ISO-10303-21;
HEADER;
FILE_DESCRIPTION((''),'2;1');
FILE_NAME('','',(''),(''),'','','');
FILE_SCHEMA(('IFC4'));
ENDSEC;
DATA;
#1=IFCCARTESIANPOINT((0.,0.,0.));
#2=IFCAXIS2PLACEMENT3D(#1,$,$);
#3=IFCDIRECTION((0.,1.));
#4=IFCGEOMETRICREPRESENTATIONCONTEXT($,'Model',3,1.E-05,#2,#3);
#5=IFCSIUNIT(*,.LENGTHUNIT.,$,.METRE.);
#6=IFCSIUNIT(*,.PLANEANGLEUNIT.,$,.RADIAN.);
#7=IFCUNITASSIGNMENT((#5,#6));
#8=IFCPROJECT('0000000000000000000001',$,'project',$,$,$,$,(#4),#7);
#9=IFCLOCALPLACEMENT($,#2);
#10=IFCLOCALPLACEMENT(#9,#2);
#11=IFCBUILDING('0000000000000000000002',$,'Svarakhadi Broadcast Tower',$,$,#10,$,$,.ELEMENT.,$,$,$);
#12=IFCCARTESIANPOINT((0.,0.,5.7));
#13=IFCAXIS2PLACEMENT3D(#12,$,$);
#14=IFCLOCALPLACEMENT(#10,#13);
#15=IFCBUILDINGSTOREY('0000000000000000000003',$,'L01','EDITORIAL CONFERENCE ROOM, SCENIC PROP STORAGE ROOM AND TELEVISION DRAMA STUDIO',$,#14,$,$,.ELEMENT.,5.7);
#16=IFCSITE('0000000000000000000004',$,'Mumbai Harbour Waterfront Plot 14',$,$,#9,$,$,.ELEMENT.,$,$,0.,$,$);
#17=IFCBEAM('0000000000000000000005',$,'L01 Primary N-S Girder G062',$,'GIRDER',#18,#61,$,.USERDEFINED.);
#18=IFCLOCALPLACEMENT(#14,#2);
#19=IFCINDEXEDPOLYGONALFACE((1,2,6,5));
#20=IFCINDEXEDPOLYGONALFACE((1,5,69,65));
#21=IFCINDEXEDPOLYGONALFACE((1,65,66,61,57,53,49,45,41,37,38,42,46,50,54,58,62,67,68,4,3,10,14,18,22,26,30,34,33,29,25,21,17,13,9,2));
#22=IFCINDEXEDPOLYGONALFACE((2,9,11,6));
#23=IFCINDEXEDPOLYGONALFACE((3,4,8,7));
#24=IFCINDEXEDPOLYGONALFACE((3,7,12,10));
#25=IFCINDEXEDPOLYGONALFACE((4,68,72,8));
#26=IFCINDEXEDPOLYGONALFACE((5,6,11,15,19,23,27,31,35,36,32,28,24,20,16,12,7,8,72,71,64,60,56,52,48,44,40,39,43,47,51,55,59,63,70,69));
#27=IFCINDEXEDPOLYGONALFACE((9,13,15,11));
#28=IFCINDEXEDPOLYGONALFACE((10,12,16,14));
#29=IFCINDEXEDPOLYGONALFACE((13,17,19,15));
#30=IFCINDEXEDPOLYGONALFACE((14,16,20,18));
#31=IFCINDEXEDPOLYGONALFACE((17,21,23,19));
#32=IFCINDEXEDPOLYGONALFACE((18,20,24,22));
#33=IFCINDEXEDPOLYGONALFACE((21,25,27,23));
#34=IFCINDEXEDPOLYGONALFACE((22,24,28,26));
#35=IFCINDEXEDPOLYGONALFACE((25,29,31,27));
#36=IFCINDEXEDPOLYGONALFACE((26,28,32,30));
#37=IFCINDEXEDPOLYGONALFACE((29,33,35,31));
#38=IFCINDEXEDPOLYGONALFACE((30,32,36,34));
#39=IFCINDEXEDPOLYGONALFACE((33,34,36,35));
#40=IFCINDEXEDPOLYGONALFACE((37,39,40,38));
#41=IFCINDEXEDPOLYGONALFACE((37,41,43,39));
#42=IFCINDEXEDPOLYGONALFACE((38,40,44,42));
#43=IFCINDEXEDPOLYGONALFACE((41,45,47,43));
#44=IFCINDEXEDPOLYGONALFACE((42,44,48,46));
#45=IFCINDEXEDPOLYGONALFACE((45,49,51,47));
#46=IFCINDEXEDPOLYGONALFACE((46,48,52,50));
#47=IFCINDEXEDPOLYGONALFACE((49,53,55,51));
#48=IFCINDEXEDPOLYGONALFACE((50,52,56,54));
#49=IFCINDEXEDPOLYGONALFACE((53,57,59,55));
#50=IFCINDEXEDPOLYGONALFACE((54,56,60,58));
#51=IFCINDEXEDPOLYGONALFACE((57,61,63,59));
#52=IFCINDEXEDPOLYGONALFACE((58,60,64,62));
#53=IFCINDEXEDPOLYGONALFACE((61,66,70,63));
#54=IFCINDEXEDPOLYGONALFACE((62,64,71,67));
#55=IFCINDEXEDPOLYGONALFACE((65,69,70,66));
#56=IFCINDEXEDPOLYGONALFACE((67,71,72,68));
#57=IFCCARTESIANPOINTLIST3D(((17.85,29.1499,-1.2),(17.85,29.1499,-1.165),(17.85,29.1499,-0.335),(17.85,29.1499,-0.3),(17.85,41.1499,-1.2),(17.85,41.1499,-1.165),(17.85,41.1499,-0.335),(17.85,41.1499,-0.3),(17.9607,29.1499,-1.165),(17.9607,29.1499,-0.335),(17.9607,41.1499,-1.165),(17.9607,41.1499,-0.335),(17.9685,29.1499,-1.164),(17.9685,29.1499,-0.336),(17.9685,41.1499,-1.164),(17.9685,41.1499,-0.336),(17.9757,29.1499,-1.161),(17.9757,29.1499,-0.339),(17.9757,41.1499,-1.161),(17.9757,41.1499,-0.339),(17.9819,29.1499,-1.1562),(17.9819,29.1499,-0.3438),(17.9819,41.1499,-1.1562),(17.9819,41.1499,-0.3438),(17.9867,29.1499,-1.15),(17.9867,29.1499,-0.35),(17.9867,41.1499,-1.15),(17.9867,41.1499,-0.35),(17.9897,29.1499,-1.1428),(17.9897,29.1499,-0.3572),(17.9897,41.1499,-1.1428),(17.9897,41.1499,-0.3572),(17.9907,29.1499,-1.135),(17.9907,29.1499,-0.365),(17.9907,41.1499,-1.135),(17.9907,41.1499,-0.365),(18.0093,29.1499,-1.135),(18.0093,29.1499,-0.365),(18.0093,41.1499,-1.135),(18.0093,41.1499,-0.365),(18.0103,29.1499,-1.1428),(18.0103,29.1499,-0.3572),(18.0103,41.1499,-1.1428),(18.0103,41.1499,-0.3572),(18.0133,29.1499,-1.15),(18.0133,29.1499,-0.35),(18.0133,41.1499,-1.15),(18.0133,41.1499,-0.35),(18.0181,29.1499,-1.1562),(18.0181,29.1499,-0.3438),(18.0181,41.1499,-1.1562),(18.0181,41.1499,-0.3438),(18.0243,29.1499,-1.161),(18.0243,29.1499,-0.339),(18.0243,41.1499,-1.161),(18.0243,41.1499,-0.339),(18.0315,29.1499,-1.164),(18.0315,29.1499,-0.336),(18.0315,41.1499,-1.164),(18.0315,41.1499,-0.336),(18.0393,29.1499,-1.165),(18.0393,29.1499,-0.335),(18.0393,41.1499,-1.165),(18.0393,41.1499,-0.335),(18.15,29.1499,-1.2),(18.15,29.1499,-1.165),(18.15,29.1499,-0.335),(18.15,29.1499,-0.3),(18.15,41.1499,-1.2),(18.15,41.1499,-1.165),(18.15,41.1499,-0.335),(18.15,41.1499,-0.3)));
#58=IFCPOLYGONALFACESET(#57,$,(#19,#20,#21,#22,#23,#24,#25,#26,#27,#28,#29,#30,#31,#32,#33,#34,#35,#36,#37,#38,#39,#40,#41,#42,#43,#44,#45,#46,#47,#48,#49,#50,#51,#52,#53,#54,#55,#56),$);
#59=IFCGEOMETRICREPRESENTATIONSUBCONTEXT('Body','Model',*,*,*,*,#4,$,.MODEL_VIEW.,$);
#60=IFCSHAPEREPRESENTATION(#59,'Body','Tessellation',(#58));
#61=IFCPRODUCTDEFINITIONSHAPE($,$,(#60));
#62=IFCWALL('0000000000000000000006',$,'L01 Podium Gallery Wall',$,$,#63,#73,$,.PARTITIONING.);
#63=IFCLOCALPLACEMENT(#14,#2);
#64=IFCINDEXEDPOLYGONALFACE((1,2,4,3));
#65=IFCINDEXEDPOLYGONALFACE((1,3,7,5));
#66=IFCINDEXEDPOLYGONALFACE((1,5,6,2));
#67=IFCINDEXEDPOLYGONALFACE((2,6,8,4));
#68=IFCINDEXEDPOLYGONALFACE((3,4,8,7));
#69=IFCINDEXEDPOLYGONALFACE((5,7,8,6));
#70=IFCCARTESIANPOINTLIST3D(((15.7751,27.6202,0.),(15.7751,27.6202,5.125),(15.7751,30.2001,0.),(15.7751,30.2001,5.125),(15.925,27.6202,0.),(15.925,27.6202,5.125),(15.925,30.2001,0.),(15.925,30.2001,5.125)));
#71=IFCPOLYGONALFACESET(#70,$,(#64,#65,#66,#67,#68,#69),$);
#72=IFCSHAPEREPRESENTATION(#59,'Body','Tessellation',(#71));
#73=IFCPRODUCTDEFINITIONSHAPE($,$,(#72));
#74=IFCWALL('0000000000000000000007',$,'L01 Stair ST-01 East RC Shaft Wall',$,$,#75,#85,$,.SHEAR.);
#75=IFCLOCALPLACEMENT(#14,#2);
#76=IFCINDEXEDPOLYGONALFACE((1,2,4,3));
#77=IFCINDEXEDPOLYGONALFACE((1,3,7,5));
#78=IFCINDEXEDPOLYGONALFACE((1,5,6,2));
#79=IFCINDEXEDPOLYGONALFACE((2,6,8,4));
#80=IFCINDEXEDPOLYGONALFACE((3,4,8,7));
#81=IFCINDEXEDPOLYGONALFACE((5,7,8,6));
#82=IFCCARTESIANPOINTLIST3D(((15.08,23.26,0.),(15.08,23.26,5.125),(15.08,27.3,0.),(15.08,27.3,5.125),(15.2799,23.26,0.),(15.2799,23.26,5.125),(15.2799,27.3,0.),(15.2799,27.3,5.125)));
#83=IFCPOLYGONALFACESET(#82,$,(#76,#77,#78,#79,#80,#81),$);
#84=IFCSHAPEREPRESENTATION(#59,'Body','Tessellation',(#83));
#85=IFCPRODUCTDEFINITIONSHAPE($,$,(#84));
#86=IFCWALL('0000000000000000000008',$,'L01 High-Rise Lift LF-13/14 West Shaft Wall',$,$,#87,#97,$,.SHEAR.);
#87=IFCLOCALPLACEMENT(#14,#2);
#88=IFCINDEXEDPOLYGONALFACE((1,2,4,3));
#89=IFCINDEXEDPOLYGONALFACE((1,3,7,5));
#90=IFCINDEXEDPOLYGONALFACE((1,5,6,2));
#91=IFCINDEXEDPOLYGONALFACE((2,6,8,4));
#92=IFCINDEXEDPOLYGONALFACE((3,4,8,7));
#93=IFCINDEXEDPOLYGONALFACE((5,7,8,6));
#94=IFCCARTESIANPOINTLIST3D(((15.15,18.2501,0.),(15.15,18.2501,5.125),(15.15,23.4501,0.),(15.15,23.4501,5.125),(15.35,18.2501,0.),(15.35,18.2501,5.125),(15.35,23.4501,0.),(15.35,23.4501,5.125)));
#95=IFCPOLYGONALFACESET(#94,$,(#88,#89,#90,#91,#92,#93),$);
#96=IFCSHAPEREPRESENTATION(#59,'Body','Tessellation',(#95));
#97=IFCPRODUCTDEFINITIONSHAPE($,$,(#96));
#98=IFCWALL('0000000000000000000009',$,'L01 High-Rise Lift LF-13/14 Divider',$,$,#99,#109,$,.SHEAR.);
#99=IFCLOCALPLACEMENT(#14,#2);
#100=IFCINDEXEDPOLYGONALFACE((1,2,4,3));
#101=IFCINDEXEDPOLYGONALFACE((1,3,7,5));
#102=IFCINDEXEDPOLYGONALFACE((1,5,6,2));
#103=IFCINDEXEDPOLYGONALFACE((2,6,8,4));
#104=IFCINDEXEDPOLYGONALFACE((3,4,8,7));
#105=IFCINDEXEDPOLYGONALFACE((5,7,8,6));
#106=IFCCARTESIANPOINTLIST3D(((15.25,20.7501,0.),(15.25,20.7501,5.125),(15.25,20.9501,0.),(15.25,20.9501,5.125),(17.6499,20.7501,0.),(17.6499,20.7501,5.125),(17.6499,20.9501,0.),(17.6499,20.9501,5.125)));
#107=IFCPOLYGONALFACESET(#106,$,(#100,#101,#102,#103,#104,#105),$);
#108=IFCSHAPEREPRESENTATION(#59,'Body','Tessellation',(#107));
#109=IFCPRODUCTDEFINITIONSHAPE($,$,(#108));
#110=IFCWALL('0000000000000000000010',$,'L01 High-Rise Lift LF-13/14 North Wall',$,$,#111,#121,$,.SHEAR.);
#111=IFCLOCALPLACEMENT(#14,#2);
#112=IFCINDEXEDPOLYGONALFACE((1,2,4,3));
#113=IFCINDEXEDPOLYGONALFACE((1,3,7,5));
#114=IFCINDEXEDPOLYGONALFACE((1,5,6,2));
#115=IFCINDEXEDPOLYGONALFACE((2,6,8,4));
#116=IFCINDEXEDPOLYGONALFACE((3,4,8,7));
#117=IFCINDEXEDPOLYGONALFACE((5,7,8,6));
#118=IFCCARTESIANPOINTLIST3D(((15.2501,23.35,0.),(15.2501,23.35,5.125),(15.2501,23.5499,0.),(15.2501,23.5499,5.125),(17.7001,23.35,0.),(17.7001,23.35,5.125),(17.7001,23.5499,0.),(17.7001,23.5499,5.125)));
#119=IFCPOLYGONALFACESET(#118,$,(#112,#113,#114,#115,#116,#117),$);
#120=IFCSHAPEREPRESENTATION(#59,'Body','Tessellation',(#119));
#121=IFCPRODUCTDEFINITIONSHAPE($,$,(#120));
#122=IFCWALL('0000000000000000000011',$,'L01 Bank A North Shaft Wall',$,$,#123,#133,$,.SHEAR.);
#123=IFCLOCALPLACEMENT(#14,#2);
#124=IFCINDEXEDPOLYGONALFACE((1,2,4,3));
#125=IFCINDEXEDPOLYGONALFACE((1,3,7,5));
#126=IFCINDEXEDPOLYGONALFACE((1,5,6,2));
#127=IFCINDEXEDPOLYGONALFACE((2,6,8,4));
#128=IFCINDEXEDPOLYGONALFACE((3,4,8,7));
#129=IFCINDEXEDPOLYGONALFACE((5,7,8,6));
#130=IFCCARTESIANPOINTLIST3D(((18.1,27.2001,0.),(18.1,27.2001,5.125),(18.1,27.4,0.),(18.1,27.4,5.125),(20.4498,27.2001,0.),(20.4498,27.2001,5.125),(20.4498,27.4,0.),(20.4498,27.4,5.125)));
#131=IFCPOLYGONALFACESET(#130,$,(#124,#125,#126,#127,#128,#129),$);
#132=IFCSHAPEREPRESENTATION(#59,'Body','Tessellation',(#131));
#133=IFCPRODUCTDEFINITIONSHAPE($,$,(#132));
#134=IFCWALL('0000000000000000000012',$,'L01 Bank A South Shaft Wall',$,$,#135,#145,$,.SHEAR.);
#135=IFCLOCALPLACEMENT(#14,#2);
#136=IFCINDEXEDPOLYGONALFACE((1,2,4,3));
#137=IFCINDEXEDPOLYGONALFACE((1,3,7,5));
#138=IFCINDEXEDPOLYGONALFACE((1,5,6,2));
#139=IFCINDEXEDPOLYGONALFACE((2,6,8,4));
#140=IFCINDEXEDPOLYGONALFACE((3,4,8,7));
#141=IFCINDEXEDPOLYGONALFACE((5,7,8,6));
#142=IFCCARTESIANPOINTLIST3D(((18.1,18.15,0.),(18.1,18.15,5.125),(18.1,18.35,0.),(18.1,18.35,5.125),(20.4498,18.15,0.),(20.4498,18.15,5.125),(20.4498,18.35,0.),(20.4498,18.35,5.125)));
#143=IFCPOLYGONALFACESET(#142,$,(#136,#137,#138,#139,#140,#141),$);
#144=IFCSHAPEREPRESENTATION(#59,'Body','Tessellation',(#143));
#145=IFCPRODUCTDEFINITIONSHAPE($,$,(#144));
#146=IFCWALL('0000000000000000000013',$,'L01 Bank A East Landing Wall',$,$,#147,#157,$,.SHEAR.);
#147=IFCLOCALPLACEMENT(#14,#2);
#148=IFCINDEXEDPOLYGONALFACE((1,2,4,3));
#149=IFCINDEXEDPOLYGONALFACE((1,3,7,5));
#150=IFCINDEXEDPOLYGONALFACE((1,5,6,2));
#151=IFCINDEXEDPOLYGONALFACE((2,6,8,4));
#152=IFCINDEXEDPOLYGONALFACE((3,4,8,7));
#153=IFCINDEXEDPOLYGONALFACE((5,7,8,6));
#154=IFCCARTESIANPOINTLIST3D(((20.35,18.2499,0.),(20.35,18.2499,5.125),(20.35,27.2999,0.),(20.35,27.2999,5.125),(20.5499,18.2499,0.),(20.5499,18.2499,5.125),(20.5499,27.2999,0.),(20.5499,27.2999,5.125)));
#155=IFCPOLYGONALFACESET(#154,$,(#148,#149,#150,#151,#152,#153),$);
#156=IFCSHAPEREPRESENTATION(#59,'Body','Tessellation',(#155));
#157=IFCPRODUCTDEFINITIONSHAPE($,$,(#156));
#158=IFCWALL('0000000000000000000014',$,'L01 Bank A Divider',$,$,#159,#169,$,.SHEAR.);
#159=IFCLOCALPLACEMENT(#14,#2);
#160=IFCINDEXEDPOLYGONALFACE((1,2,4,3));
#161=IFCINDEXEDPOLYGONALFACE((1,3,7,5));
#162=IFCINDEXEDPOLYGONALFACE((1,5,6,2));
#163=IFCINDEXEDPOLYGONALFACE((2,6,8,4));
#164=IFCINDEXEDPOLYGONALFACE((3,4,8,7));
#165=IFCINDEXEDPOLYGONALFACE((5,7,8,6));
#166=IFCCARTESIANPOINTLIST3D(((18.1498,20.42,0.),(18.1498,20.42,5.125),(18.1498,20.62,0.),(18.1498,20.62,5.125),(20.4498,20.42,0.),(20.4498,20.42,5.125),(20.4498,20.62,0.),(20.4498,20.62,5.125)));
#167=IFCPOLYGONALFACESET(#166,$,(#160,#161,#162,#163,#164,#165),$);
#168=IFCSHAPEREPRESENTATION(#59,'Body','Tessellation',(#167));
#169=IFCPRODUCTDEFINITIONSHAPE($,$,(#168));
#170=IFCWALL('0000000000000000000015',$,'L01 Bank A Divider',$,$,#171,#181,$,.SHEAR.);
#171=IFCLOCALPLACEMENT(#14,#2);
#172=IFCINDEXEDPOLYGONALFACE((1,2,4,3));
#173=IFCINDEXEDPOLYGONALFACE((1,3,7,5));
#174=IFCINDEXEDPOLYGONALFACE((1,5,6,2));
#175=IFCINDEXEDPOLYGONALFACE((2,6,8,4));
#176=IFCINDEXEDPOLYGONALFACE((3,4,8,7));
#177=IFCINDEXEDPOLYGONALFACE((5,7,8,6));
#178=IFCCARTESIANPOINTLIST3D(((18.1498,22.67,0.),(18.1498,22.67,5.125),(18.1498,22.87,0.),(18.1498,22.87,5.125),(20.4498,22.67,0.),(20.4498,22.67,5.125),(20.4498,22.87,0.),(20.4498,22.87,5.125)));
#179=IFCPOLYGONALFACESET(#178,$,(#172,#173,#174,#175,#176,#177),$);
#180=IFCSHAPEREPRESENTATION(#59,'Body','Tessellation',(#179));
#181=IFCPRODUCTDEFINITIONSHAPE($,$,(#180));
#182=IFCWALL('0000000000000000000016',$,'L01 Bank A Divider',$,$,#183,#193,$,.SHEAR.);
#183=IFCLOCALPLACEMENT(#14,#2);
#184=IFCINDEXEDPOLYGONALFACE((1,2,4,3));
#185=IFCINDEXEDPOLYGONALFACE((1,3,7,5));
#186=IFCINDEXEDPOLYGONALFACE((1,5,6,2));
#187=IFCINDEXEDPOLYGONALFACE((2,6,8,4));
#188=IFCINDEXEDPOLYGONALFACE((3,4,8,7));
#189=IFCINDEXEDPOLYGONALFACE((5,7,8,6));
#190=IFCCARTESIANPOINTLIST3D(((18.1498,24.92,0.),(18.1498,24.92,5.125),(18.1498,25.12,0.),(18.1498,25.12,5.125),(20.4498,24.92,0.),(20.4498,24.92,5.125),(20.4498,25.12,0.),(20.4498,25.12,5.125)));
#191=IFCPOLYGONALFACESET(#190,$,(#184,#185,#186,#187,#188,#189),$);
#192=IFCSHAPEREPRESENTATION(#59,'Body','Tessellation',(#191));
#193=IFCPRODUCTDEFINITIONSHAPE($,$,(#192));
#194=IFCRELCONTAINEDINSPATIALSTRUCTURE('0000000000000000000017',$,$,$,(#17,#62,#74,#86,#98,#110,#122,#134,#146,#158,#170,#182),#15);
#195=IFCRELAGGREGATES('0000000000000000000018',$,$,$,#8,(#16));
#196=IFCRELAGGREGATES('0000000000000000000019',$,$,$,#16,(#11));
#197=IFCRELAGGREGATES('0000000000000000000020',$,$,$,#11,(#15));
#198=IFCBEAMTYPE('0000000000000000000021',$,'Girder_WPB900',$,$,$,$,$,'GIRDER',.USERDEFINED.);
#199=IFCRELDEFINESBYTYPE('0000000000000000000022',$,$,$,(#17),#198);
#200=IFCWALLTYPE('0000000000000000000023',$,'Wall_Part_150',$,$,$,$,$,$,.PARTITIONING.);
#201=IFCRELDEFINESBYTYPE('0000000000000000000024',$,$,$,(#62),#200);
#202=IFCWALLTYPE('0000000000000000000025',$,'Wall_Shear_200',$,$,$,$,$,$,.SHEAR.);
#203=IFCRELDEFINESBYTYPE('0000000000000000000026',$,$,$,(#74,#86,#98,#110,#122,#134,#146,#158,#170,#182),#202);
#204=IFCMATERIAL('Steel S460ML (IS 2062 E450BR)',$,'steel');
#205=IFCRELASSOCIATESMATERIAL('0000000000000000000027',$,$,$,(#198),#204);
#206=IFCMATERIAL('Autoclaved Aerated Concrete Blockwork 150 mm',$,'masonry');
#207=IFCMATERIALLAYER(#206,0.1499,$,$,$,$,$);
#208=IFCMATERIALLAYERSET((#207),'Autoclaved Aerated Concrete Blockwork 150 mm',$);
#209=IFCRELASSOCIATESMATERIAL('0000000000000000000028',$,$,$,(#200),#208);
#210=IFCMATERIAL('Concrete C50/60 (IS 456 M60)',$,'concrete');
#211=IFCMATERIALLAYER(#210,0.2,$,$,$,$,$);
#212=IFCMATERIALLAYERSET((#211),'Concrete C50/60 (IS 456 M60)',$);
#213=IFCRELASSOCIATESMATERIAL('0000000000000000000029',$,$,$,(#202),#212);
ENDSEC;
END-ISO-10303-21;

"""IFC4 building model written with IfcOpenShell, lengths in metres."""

from ifc_helpers import new_model, si_unit, direction, frame, frame_2d, origin, origin_2d, place, context, subcontext, project, spatial, rectangle, i_section, extrude, material, layer, layer_set, material_profile, profile_set, type_object, element, save


model = new_model("IFC4")

# Units and contexts
model_context = context("Model", 3, precision=1e-05, world=origin(), true_north=direction((0.0, 1.0)))
body_context = subcontext(model_context, "Body", "Model", "MODEL_VIEW")
ifc_project = project(units=[si_unit("LENGTHUNIT", "METRE"), si_unit("PLANEANGLEUNIT", "RADIAN")], contexts=[model_context])

# Site, building, storey
site_placement = place(None, origin())
site = spatial("IfcSite", under=ifc_project, at=site_placement, Name="Mumbai Harbour Waterfront Plot 14", CompositionType="ELEMENT", RefElevation=0.0)
building_placement = place(site_placement, origin())
building = spatial("IfcBuilding", under=site, at=building_placement, Name="Svarakhadi Broadcast Tower", CompositionType="ELEMENT")
storey_placement = place(building_placement, frame((0.0, 0.0, 5.7)))
storey = spatial("IfcBuildingStorey", under=building, at=storey_placement, Name="L01", Description="EDITORIAL CONFERENCE ROOM, SCENIC PROP STORAGE ROOM AND TELEVISION DRAMA STUDIO", CompositionType="ELEMENT", Elevation=5.7)

# Shared definitions
ifc_material_1 = material(Name="Steel S460ML (IS 2062 E450BR)", Category="steel")

# Beam
ifc_material_profile_1 = material_profile(ifc_material_1, i_section(OverallWidth=0.3, OverallDepth=0.8999, WebThickness=0.0186, FlangeThickness=0.0349, FilletRadius=0.03, at=origin_2d()), Name="WPB 900x300x291")
ifc_profile_set_1 = profile_set([ifc_material_profile_1], Name="Steel S460ML (IS 2062 E450BR)")
beam_type_1 = type_object("IfcBeamType", Name="Girder_WPB900", ElementType="GIRDER", PredefinedType="USERDEFINED", material=ifc_profile_set_1)
beam_1_placement = place(storey_placement, frame((18.0, 29.1499, -0.75), z_axis=(0.0, 1.0, 0.0), x_axis=(-1.0, 0.0, 0.0)))
element("IfcBeam", 1, at=beam_1_placement, inside=storey, type_object=beam_type_1, Name="L01 Primary N-S Girder G062", ObjectType="GIRDER", PredefinedType="USERDEFINED", context=body_context, shape_type="SweptSolid", body=[
    extrude(i_section(OverallWidth=0.3, OverallDepth=0.8999, WebThickness=0.0186, FlangeThickness=0.0349, FilletRadius=0.03, at=origin_2d()), origin(), (0.0, 0.0, 1.0), 12.0),
])

# Walls
ifc_material_2 = material(Name="Autoclaved Aerated Concrete Blockwork 150 mm", Category="masonry")
ifc_layer_1 = layer(ifc_material_2, 0.1499)
ifc_layer_set_1 = layer_set([ifc_layer_1], Name="Autoclaved Aerated Concrete Blockwork 150 mm")
wall_type_1 = type_object("IfcWallType", Name="Wall_Part_150", PredefinedType="PARTITIONING", material=ifc_layer_set_1)
wall_1_placement = place(storey_placement, frame((15.8501, 27.6201, 0.0), z_axis=(0.0, 0.0, 1.0), x_axis=(0.0, 1.0, 0.0)))
element("IfcWall", 2, at=wall_1_placement, inside=storey, type_object=wall_type_1, Name="L01 Podium Gallery Wall", PredefinedType="PARTITIONING", context=body_context, shape_type="SweptSolid", body=[
    extrude(rectangle(XDim=2.5798, YDim=0.1499, at=frame_2d((1.29, 0.0))), origin(), (0.0, 0.0, 1.0), 5.125),
])
ifc_material_3 = material(Name="Concrete C50/60 (IS 456 M60)", Category="concrete")
ifc_layer_2 = layer(ifc_material_3, 0.2)
ifc_layer_set_2 = layer_set([ifc_layer_2], Name="Concrete C50/60 (IS 456 M60)")
wall_type_2 = type_object("IfcWallType", Name="Wall_Shear_200", PredefinedType="SHEAR", material=ifc_layer_set_2)
wall_2_placement = place(storey_placement, frame((15.1799, 23.26, 0.0), z_axis=(0.0, 0.0, 1.0), x_axis=(0.0, 1.0, 0.0)))
element("IfcWall", 3, at=wall_2_placement, inside=storey, type_object=wall_type_2, Name="L01 Stair ST-01 East RC Shaft Wall", PredefinedType="SHEAR", context=body_context, shape_type="SweptSolid", body=[
    extrude(rectangle(XDim=4.04, YDim=0.2, at=frame_2d((2.02, 0.0))), origin(), (0.0, 0.0, 1.0), 5.125),
])
wall_3_placement = place(storey_placement, frame((15.25, 18.25, 0.0), z_axis=(0.0, 0.0, 1.0), x_axis=(0.0, 1.0, 0.0)))
element("IfcWall", 4, at=wall_3_placement, inside=storey, type_object=wall_type_2, Name="L01 High-Rise Lift LF-13/14 West Shaft Wall", PredefinedType="SHEAR", context=body_context, shape_type="SweptSolid", body=[
    extrude(rectangle(XDim=5.2, YDim=0.2, at=frame_2d((2.6001, 0.0))), origin(), (0.0, 0.0, 1.0), 5.125),
])
wall_4_placement = place(storey_placement, frame((15.25, 20.8501, 0.0), z_axis=(0.0, 0.0, 1.0), x_axis=(1.0, 0.0, 0.0)))
element("IfcWall", 5, at=wall_4_placement, inside=storey, type_object=wall_type_2, Name="L01 High-Rise Lift LF-13/14 Divider", PredefinedType="SHEAR", context=body_context, shape_type="SweptSolid", body=[
    extrude(rectangle(XDim=2.3999, YDim=0.2, at=frame_2d((1.2, 0.0))), origin(), (0.0, 0.0, 1.0), 5.125),
])
wall_5_placement = place(storey_placement, frame((15.25, 23.45, 0.0), z_axis=(0.0, 0.0, 1.0), x_axis=(1.0, 0.0, 0.0)))
element("IfcWall", 6, at=wall_5_placement, inside=storey, type_object=wall_type_2, Name="L01 High-Rise Lift LF-13/14 North Wall", PredefinedType="SHEAR", context=body_context, shape_type="SweptSolid", body=[
    extrude(rectangle(XDim=2.45, YDim=0.2, at=frame_2d((1.2251, 0.0))), origin(), (0.0, 0.0, 1.0), 5.125),
])
for number, where, z_axis, x_axis, name in (
    (7, (18.1001, 27.3, 0.0), (0.0, 0.0, 1.0), (1.0, 0.0, 0.0), "L01 Bank A North Shaft Wall"),
    (8, (18.1001, 18.25, 0.0), (0.0, 0.0, 1.0), (1.0, 0.0, 0.0), "L01 Bank A South Shaft Wall"),
):
    element("IfcWall", number, at=place(storey_placement, frame(where, z_axis=z_axis, x_axis=x_axis)), inside=storey, type_object=wall_type_2, Name=name, PredefinedType="SHEAR", context=body_context, shape_type="SweptSolid", body=[
        extrude(rectangle(XDim=2.3499, YDim=0.2, at=frame_2d((1.1748, 0.0))), origin(), (0.0, 0.0, 1.0), 5.125),
    ])
wall_6_placement = place(storey_placement, frame((20.45, 18.25, 0.0), z_axis=(0.0, 0.0, 1.0), x_axis=(0.0, 1.0, 0.0)))
element("IfcWall", 9, at=wall_6_placement, inside=storey, type_object=wall_type_2, Name="L01 Bank A East Landing Wall", PredefinedType="SHEAR", context=body_context, shape_type="SweptSolid", body=[
    extrude(rectangle(XDim=9.05, YDim=0.2, at=frame_2d((4.5249, 0.0))), origin(), (0.0, 0.0, 1.0), 5.125),
])
for number, where, z_axis, x_axis, name in (
    (10, (18.1499, 20.52, 0.0), (0.0, 0.0, 1.0), (1.0, 0.0, 0.0), "L01 Bank A Divider"),
    (11, (18.1499, 22.77, 0.0), (0.0, 0.0, 1.0), (1.0, 0.0, 0.0), "L01 Bank A Divider"),
    (12, (18.1499, 25.02, 0.0), (0.0, 0.0, 1.0), (1.0, 0.0, 0.0), "L01 Bank A Divider"),
):
    element("IfcWall", number, at=place(storey_placement, frame(where, z_axis=z_axis, x_axis=x_axis)), inside=storey, type_object=wall_type_2, Name=name, PredefinedType="SHEAR", context=body_context, shape_type="SweptSolid", body=[
        extrude(rectangle(XDim=2.3, YDim=0.2, at=frame_2d((1.1499, 0.0))), origin(), (0.0, 0.0, 1.0), 5.125),
    ])

save(model, "model.ifc")
